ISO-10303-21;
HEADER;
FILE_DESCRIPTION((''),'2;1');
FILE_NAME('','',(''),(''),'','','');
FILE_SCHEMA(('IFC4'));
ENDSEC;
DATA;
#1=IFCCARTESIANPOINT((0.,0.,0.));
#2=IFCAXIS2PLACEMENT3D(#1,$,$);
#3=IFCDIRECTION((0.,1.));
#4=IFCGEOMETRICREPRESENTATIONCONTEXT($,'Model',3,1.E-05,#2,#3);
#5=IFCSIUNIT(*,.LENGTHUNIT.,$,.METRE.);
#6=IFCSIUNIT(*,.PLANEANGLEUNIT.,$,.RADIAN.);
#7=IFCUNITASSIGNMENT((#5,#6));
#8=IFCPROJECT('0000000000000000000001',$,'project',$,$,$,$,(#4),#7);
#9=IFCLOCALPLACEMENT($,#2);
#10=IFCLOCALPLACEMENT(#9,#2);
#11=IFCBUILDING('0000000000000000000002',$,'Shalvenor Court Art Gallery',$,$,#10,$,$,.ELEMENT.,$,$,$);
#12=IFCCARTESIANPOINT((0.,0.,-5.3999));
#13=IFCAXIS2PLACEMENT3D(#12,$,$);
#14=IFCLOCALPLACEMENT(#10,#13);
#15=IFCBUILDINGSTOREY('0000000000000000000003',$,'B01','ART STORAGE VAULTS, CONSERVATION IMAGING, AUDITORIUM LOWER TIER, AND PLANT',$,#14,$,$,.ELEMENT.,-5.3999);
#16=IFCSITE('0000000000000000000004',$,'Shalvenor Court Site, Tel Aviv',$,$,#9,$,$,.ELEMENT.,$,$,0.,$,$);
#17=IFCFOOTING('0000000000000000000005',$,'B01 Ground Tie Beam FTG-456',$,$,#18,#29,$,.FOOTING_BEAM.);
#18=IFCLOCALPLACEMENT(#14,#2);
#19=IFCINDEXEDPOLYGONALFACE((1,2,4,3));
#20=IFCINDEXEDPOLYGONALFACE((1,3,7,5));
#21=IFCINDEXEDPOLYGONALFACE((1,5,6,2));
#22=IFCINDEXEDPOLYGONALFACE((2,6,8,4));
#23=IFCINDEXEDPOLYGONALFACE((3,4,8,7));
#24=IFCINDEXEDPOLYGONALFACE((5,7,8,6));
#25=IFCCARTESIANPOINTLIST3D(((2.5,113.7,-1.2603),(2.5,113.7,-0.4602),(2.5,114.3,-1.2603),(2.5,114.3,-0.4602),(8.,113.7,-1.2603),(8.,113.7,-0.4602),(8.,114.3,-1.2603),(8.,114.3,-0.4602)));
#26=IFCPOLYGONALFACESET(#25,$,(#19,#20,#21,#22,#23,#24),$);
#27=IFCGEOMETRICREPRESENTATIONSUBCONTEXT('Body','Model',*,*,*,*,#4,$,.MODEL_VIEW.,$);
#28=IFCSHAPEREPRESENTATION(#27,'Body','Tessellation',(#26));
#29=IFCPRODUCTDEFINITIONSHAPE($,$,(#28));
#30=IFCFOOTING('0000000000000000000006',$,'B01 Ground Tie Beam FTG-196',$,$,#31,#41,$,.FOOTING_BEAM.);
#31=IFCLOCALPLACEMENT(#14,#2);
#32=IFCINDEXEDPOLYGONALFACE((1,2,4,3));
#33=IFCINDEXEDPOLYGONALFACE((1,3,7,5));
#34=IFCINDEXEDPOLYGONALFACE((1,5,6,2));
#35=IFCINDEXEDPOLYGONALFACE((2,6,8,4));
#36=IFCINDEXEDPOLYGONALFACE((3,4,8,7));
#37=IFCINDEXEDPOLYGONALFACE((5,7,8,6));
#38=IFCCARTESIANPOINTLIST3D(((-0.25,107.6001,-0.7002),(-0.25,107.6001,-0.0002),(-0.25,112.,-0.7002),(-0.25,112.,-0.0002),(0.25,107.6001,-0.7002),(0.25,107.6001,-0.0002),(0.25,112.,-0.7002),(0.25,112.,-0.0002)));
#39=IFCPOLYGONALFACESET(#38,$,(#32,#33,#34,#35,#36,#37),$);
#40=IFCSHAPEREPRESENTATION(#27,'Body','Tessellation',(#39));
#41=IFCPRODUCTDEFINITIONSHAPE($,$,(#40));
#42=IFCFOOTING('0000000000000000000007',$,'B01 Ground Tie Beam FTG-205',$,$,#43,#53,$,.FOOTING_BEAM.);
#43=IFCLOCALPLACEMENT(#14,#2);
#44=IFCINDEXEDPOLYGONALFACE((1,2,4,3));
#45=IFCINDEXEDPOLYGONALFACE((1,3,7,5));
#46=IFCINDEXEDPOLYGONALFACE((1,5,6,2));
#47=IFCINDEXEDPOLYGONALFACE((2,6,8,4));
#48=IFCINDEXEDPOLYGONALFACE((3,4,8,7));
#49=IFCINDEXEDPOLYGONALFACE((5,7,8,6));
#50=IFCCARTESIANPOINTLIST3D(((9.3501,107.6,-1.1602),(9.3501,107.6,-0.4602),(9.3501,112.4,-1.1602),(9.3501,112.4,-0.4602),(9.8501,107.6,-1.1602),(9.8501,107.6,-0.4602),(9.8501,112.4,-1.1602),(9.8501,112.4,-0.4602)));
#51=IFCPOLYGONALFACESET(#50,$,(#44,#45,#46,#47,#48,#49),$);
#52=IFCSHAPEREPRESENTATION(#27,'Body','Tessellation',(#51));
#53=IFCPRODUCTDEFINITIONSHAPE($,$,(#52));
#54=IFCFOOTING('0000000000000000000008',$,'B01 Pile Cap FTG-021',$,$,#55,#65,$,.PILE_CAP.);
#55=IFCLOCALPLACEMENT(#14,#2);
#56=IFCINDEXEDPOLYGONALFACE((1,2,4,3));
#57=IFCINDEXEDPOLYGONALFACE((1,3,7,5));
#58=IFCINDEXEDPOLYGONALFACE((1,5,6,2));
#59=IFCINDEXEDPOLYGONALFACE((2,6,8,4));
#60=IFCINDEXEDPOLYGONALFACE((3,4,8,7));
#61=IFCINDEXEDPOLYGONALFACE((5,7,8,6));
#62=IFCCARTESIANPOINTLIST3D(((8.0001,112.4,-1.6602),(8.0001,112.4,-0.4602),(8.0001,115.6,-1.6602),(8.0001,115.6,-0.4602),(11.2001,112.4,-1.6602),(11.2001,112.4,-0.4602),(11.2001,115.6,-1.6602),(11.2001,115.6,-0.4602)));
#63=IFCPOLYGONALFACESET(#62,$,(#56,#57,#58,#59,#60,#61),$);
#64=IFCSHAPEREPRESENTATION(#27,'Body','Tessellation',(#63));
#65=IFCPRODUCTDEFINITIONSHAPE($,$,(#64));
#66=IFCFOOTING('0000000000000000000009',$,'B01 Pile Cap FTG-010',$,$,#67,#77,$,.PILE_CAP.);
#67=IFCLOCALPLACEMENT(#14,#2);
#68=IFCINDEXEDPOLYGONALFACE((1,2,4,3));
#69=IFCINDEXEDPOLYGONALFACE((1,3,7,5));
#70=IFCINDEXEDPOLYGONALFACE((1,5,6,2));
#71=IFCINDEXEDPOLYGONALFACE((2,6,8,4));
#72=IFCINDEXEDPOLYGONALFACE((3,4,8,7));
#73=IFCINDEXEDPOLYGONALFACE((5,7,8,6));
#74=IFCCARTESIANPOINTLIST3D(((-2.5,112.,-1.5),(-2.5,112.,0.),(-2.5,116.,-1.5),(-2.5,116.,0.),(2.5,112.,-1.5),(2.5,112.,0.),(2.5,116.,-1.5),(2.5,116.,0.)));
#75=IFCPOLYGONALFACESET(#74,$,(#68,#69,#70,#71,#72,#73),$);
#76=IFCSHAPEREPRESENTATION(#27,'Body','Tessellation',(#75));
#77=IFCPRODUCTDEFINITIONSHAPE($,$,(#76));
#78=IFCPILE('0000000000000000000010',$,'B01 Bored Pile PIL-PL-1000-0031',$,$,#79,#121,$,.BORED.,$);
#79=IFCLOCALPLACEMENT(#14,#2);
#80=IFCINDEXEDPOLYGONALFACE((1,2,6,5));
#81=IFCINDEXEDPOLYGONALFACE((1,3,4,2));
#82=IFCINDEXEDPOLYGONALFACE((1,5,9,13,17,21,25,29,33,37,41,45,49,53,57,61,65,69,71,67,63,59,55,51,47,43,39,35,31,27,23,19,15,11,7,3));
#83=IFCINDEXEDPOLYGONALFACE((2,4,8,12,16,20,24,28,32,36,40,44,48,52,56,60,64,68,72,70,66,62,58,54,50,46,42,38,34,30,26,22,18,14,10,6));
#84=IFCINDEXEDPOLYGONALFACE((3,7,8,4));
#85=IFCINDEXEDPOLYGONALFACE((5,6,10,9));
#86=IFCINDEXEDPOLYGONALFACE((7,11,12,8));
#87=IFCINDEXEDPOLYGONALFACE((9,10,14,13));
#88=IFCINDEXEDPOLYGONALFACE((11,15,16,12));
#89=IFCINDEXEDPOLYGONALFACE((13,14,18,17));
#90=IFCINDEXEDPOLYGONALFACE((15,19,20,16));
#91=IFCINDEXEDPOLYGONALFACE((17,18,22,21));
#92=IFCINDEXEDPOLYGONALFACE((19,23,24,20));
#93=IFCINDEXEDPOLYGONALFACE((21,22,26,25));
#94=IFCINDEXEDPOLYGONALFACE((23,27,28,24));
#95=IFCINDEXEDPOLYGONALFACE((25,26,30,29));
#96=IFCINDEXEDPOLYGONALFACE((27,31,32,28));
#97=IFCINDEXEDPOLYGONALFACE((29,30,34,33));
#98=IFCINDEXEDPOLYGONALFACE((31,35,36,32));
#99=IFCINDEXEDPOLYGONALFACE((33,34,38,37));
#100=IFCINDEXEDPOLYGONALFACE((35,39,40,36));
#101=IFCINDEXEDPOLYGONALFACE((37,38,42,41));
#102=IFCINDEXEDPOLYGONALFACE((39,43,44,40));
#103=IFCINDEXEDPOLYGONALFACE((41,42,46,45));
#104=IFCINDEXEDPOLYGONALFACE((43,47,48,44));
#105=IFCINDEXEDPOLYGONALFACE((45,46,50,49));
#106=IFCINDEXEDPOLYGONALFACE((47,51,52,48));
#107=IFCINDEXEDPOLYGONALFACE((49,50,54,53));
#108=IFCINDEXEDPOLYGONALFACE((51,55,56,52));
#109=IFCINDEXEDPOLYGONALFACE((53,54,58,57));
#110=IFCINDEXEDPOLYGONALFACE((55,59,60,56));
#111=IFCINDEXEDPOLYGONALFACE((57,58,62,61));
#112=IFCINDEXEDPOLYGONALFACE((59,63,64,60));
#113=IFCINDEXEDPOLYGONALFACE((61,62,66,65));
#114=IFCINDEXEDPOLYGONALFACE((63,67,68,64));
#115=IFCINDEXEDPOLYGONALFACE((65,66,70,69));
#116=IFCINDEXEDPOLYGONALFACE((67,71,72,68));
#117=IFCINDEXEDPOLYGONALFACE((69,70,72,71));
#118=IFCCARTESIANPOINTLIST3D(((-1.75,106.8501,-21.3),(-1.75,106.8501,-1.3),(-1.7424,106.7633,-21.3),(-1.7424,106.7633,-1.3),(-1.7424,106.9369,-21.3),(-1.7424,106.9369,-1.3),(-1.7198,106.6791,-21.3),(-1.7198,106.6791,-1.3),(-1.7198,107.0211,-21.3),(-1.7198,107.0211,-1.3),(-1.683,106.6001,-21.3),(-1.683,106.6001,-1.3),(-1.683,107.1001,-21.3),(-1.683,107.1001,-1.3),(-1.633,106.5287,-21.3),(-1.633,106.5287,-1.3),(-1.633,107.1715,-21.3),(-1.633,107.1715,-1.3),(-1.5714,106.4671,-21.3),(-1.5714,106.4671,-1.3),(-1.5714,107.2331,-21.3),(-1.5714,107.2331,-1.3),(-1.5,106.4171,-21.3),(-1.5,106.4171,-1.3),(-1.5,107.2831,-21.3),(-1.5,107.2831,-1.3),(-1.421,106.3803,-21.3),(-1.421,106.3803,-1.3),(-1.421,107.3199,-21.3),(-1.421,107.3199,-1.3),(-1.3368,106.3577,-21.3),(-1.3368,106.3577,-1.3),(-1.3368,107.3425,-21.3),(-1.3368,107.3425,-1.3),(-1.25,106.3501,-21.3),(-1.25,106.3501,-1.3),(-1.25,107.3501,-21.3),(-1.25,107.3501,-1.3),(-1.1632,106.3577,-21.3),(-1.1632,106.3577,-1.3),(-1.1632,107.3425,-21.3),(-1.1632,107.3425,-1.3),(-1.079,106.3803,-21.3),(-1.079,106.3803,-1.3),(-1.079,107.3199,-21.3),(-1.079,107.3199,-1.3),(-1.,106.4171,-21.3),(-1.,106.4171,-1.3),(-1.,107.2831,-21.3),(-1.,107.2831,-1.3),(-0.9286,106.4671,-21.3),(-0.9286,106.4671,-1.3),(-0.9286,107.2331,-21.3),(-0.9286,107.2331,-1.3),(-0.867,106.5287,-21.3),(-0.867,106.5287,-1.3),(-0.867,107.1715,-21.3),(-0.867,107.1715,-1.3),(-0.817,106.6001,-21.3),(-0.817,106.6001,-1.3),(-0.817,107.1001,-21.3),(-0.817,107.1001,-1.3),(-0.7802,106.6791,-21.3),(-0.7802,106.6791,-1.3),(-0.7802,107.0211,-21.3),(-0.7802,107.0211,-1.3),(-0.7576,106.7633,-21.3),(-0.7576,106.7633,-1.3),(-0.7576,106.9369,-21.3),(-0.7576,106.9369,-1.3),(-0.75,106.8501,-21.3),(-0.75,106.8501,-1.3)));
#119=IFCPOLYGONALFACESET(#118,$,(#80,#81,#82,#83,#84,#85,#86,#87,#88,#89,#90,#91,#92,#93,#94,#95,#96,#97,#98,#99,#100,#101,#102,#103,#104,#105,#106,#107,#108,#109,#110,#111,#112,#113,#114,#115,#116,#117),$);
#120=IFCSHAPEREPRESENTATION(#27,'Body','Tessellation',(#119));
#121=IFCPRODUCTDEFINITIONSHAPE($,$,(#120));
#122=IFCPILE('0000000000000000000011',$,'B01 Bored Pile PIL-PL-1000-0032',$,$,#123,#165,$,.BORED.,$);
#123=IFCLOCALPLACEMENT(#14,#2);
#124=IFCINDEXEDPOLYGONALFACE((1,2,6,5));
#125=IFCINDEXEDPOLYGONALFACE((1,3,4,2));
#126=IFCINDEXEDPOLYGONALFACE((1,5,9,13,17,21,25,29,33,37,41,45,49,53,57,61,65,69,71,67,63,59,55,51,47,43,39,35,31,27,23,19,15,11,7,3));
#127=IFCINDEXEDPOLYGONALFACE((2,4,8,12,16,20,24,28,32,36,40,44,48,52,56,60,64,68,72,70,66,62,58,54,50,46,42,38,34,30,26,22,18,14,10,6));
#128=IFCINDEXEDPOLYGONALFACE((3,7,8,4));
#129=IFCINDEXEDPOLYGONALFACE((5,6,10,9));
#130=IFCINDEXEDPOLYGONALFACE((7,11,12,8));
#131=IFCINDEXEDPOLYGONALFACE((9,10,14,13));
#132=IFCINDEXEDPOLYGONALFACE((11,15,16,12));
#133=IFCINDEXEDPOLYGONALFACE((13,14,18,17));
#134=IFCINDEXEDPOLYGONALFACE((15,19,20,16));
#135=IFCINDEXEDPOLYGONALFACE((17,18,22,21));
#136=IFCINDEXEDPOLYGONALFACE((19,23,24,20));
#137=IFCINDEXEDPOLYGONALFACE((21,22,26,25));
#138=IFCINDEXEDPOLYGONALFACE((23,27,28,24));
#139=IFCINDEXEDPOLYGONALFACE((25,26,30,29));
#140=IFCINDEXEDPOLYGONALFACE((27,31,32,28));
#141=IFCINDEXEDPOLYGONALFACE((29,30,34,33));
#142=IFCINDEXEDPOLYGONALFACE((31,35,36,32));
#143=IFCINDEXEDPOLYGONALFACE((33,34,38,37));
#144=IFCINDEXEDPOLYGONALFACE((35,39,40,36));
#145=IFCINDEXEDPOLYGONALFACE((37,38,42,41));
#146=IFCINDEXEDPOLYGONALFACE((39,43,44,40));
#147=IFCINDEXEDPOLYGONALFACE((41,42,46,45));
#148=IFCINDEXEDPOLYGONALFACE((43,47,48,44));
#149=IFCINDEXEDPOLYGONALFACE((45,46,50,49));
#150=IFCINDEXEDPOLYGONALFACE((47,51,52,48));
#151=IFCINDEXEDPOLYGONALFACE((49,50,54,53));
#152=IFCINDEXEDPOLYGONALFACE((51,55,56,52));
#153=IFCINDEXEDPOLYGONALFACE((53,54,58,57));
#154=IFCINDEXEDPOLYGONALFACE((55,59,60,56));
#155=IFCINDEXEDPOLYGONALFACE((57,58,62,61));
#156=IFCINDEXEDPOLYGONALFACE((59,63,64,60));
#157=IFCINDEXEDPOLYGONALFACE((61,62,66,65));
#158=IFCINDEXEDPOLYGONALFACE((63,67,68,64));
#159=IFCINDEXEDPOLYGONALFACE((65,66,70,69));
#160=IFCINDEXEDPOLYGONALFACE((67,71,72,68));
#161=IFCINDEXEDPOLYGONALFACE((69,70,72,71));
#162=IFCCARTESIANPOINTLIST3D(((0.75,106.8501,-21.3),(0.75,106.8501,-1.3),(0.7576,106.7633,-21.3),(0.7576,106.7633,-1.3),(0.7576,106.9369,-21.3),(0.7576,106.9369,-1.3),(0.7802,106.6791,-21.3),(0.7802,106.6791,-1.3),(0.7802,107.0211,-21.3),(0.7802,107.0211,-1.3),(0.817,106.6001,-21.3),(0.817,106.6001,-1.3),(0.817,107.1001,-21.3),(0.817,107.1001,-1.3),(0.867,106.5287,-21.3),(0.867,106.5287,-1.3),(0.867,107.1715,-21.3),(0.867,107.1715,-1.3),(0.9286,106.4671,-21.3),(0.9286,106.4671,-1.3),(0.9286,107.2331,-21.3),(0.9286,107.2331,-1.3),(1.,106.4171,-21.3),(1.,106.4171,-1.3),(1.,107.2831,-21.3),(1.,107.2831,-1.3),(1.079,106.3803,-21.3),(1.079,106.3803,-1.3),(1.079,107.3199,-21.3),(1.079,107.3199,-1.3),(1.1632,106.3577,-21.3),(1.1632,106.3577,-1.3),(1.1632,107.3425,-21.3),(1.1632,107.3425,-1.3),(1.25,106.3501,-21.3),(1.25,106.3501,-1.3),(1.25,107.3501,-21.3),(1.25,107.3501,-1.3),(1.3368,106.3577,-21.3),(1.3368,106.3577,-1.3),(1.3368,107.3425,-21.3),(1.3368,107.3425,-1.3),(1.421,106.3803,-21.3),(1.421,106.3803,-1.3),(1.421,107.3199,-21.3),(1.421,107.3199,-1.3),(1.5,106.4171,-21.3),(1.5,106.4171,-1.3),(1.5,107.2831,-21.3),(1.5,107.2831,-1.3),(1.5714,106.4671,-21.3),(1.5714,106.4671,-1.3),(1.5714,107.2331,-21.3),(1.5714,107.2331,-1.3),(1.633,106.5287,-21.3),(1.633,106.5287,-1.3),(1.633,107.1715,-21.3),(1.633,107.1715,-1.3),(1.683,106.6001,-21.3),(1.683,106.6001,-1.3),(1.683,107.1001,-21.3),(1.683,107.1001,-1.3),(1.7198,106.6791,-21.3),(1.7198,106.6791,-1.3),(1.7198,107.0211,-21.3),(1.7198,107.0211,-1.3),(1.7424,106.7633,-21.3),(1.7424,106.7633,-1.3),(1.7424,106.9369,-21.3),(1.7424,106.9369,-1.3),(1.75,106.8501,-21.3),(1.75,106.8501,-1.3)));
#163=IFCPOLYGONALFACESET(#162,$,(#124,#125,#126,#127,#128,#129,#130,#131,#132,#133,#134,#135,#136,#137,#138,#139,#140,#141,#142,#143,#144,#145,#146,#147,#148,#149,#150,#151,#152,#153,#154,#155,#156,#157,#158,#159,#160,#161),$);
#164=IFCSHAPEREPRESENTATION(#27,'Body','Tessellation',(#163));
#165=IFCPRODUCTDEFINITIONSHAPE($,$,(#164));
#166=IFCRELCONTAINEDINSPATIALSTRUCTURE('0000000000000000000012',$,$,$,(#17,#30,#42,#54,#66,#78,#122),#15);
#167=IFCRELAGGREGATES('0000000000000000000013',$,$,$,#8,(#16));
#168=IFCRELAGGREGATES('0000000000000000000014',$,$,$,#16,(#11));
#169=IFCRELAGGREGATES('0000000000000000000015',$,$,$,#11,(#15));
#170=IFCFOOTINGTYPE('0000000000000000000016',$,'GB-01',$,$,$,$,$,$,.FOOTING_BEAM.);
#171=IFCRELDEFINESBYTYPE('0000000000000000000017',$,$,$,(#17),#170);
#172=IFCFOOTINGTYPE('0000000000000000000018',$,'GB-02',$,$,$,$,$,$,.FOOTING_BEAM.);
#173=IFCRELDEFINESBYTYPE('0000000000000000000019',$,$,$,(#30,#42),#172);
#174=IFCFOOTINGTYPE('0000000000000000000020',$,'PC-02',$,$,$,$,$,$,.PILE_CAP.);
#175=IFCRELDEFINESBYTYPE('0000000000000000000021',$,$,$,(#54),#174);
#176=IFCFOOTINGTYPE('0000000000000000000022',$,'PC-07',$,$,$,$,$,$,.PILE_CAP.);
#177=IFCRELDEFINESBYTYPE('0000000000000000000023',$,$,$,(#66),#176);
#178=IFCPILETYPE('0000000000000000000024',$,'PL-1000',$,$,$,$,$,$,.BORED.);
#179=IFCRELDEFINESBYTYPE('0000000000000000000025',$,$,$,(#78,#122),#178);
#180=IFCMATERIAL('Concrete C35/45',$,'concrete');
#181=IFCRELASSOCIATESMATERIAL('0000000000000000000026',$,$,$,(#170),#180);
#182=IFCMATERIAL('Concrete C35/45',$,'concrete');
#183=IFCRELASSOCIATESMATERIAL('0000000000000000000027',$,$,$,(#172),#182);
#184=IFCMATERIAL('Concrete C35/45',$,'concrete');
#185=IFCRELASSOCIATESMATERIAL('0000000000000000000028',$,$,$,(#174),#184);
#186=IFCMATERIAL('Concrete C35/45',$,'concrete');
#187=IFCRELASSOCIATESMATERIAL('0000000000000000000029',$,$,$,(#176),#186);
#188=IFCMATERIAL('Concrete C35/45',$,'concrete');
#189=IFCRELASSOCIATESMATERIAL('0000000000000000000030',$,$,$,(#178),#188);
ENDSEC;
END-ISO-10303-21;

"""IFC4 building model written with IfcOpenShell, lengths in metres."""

from ifc_helpers import new_model, si_unit, direction, frame, origin, origin_2d, place, context, subcontext, project, spatial, rectangle, circle, extrude, material, material_profile, profile_set, type_object, element, save


model = new_model("IFC4")

# Units and contexts
model_context = context("Model", 3, precision=1e-05, world=origin(), true_north=direction((0.0, 1.0)))
body_context = subcontext(model_context, "Body", "Model", "MODEL_VIEW")
ifc_project = project(units=[si_unit("LENGTHUNIT", "METRE"), si_unit("PLANEANGLEUNIT", "RADIAN")], contexts=[model_context])

# Site, building, storey
site_placement = place(None, origin())
site = spatial("IfcSite", under=ifc_project, at=site_placement, Name="Shalvenor Court Site, Tel Aviv", CompositionType="ELEMENT", RefElevation=0.0)
building_placement = place(site_placement, origin())
building = spatial("IfcBuilding", under=site, at=building_placement, Name="Shalvenor Court Art Gallery", CompositionType="ELEMENT")
storey_placement = place(building_placement, frame((0.0, 0.0, -5.3999)))
storey = spatial("IfcBuildingStorey", under=building, at=storey_placement, Name="B01", Description="ART STORAGE VAULTS, CONSERVATION IMAGING, AUDITORIUM LOWER TIER, AND PLANT", CompositionType="ELEMENT", Elevation=-5.3999)

# Footings
ifc_material_1 = material(Name="Concrete C35/45", Category="concrete")
footing_type_1 = type_object("IfcFootingType", Name="GB-01", PredefinedType="FOOTING_BEAM", material=ifc_material_1)
footing_1_placement = place(storey_placement, frame((5.25, 114.0, -1.2603), z_axis=(0.0, 0.0, 1.0), x_axis=(1.0, 0.0, 0.0)))
element("IfcFooting", 1, at=footing_1_placement, inside=storey, type_object=footing_type_1, Name="B01 Ground Tie Beam FTG-456", PredefinedType="FOOTING_BEAM", context=body_context, shape_type="SweptSolid", body=[
    extrude(rectangle(XDim=5.5, YDim=0.6001, at=origin_2d()), origin(), (0.0, 0.0, 1.0), 0.8),
])
ifc_material_2 = material(Name="Concrete C35/45", Category="concrete")
footing_type_2 = type_object("IfcFootingType", Name="GB-02", PredefinedType="FOOTING_BEAM", material=ifc_material_2)
footing_2_placement = place(storey_placement, frame((0.0, 109.8, -0.7002), z_axis=(0.0, 0.0, 1.0), x_axis=(0.0, 1.0, 0.0)))
element("IfcFooting", 2, at=footing_2_placement, inside=storey, type_object=footing_type_2, Name="B01 Ground Tie Beam FTG-196", PredefinedType="FOOTING_BEAM", context=body_context, shape_type="SweptSolid", body=[
    extrude(rectangle(XDim=4.3999, YDim=0.5, at=origin_2d()), origin(), (0.0, 0.0, 1.0), 0.7),
])
footing_3_placement = place(storey_placement, frame((9.6001, 110.0, -1.1602), z_axis=(0.0, 0.0, 1.0), x_axis=(0.0, 1.0, 0.0)))
element("IfcFooting", 3, at=footing_3_placement, inside=storey, type_object=footing_type_2, Name="B01 Ground Tie Beam FTG-205", PredefinedType="FOOTING_BEAM", context=body_context, shape_type="SweptSolid", body=[
    extrude(rectangle(XDim=4.8, YDim=0.5, at=origin_2d()), origin(), (0.0, 0.0, 1.0), 0.7),
])
ifc_material_3 = material(Name="Concrete C35/45", Category="concrete")
footing_type_3 = type_object("IfcFootingType", Name="PC-02", PredefinedType="PILE_CAP", material=ifc_material_3)
footing_4_placement = place(storey_placement, frame((9.6001, 114.0, -1.6602), z_axis=(0.0, 0.0, 1.0), x_axis=(1.0, 0.0, 0.0)))
element("IfcFooting", 4, at=footing_4_placement, inside=storey, type_object=footing_type_3, Name="B01 Pile Cap FTG-021", PredefinedType="PILE_CAP", context=body_context, shape_type="SweptSolid", body=[
    extrude(rectangle(XDim=3.2, YDim=3.2, at=origin_2d()), origin(), (0.0, 0.0, 1.0), 1.2),
])
ifc_material_4 = material(Name="Concrete C35/45", Category="concrete")
footing_type_4 = type_object("IfcFootingType", Name="PC-07", PredefinedType="PILE_CAP", material=ifc_material_4)
footing_5_placement = place(storey_placement, frame((0.0, 114.0, -1.5), z_axis=(0.0, 0.0, 1.0), x_axis=(1.0, 0.0, 0.0)))
element("IfcFooting", 5, at=footing_5_placement, inside=storey, type_object=footing_type_4, Name="B01 Pile Cap FTG-010", PredefinedType="PILE_CAP", context=body_context, shape_type="SweptSolid", body=[
    extrude(rectangle(XDim=5.0, YDim=4.0, at=origin_2d()), origin(), (0.0, 0.0, 1.0), 1.5),
])

# Piles
ifc_material_5 = material(Name="Concrete C35/45", Category="concrete")
ifc_material_profile_1 = material_profile(ifc_material_5, circle(Radius=0.5, at=origin_2d()), Name="PILE 1000")
ifc_profile_set_1 = profile_set([ifc_material_profile_1], Name="Concrete C35/45")
pile_type_1 = type_object("IfcPileType", Name="PL-1000", PredefinedType="BORED", material=ifc_profile_set_1)
for number, where, z_axis, x_axis, name in (
    (6, (-1.25, 106.8501, -1.3), (0.0, 0.0, -1.0), (1.0, 0.0, 0.0), "B01 Bored Pile PIL-PL-1000-0031"),
    (7, (1.25, 106.8501, -1.3), (0.0, 0.0, -1.0), (1.0, 0.0, 0.0), "B01 Bored Pile PIL-PL-1000-0032"),
):
    element("IfcPile", number, at=place(storey_placement, frame(where, z_axis=z_axis, x_axis=x_axis)), inside=storey, type_object=pile_type_1, Name=name, PredefinedType="BORED", context=body_context, shape_type="SweptSolid", body=[
        extrude(circle(Radius=0.5, at=origin_2d()), origin(), (0.0, 0.0, 1.0), 20.0),
    ])

save(model, "model.ifc")
